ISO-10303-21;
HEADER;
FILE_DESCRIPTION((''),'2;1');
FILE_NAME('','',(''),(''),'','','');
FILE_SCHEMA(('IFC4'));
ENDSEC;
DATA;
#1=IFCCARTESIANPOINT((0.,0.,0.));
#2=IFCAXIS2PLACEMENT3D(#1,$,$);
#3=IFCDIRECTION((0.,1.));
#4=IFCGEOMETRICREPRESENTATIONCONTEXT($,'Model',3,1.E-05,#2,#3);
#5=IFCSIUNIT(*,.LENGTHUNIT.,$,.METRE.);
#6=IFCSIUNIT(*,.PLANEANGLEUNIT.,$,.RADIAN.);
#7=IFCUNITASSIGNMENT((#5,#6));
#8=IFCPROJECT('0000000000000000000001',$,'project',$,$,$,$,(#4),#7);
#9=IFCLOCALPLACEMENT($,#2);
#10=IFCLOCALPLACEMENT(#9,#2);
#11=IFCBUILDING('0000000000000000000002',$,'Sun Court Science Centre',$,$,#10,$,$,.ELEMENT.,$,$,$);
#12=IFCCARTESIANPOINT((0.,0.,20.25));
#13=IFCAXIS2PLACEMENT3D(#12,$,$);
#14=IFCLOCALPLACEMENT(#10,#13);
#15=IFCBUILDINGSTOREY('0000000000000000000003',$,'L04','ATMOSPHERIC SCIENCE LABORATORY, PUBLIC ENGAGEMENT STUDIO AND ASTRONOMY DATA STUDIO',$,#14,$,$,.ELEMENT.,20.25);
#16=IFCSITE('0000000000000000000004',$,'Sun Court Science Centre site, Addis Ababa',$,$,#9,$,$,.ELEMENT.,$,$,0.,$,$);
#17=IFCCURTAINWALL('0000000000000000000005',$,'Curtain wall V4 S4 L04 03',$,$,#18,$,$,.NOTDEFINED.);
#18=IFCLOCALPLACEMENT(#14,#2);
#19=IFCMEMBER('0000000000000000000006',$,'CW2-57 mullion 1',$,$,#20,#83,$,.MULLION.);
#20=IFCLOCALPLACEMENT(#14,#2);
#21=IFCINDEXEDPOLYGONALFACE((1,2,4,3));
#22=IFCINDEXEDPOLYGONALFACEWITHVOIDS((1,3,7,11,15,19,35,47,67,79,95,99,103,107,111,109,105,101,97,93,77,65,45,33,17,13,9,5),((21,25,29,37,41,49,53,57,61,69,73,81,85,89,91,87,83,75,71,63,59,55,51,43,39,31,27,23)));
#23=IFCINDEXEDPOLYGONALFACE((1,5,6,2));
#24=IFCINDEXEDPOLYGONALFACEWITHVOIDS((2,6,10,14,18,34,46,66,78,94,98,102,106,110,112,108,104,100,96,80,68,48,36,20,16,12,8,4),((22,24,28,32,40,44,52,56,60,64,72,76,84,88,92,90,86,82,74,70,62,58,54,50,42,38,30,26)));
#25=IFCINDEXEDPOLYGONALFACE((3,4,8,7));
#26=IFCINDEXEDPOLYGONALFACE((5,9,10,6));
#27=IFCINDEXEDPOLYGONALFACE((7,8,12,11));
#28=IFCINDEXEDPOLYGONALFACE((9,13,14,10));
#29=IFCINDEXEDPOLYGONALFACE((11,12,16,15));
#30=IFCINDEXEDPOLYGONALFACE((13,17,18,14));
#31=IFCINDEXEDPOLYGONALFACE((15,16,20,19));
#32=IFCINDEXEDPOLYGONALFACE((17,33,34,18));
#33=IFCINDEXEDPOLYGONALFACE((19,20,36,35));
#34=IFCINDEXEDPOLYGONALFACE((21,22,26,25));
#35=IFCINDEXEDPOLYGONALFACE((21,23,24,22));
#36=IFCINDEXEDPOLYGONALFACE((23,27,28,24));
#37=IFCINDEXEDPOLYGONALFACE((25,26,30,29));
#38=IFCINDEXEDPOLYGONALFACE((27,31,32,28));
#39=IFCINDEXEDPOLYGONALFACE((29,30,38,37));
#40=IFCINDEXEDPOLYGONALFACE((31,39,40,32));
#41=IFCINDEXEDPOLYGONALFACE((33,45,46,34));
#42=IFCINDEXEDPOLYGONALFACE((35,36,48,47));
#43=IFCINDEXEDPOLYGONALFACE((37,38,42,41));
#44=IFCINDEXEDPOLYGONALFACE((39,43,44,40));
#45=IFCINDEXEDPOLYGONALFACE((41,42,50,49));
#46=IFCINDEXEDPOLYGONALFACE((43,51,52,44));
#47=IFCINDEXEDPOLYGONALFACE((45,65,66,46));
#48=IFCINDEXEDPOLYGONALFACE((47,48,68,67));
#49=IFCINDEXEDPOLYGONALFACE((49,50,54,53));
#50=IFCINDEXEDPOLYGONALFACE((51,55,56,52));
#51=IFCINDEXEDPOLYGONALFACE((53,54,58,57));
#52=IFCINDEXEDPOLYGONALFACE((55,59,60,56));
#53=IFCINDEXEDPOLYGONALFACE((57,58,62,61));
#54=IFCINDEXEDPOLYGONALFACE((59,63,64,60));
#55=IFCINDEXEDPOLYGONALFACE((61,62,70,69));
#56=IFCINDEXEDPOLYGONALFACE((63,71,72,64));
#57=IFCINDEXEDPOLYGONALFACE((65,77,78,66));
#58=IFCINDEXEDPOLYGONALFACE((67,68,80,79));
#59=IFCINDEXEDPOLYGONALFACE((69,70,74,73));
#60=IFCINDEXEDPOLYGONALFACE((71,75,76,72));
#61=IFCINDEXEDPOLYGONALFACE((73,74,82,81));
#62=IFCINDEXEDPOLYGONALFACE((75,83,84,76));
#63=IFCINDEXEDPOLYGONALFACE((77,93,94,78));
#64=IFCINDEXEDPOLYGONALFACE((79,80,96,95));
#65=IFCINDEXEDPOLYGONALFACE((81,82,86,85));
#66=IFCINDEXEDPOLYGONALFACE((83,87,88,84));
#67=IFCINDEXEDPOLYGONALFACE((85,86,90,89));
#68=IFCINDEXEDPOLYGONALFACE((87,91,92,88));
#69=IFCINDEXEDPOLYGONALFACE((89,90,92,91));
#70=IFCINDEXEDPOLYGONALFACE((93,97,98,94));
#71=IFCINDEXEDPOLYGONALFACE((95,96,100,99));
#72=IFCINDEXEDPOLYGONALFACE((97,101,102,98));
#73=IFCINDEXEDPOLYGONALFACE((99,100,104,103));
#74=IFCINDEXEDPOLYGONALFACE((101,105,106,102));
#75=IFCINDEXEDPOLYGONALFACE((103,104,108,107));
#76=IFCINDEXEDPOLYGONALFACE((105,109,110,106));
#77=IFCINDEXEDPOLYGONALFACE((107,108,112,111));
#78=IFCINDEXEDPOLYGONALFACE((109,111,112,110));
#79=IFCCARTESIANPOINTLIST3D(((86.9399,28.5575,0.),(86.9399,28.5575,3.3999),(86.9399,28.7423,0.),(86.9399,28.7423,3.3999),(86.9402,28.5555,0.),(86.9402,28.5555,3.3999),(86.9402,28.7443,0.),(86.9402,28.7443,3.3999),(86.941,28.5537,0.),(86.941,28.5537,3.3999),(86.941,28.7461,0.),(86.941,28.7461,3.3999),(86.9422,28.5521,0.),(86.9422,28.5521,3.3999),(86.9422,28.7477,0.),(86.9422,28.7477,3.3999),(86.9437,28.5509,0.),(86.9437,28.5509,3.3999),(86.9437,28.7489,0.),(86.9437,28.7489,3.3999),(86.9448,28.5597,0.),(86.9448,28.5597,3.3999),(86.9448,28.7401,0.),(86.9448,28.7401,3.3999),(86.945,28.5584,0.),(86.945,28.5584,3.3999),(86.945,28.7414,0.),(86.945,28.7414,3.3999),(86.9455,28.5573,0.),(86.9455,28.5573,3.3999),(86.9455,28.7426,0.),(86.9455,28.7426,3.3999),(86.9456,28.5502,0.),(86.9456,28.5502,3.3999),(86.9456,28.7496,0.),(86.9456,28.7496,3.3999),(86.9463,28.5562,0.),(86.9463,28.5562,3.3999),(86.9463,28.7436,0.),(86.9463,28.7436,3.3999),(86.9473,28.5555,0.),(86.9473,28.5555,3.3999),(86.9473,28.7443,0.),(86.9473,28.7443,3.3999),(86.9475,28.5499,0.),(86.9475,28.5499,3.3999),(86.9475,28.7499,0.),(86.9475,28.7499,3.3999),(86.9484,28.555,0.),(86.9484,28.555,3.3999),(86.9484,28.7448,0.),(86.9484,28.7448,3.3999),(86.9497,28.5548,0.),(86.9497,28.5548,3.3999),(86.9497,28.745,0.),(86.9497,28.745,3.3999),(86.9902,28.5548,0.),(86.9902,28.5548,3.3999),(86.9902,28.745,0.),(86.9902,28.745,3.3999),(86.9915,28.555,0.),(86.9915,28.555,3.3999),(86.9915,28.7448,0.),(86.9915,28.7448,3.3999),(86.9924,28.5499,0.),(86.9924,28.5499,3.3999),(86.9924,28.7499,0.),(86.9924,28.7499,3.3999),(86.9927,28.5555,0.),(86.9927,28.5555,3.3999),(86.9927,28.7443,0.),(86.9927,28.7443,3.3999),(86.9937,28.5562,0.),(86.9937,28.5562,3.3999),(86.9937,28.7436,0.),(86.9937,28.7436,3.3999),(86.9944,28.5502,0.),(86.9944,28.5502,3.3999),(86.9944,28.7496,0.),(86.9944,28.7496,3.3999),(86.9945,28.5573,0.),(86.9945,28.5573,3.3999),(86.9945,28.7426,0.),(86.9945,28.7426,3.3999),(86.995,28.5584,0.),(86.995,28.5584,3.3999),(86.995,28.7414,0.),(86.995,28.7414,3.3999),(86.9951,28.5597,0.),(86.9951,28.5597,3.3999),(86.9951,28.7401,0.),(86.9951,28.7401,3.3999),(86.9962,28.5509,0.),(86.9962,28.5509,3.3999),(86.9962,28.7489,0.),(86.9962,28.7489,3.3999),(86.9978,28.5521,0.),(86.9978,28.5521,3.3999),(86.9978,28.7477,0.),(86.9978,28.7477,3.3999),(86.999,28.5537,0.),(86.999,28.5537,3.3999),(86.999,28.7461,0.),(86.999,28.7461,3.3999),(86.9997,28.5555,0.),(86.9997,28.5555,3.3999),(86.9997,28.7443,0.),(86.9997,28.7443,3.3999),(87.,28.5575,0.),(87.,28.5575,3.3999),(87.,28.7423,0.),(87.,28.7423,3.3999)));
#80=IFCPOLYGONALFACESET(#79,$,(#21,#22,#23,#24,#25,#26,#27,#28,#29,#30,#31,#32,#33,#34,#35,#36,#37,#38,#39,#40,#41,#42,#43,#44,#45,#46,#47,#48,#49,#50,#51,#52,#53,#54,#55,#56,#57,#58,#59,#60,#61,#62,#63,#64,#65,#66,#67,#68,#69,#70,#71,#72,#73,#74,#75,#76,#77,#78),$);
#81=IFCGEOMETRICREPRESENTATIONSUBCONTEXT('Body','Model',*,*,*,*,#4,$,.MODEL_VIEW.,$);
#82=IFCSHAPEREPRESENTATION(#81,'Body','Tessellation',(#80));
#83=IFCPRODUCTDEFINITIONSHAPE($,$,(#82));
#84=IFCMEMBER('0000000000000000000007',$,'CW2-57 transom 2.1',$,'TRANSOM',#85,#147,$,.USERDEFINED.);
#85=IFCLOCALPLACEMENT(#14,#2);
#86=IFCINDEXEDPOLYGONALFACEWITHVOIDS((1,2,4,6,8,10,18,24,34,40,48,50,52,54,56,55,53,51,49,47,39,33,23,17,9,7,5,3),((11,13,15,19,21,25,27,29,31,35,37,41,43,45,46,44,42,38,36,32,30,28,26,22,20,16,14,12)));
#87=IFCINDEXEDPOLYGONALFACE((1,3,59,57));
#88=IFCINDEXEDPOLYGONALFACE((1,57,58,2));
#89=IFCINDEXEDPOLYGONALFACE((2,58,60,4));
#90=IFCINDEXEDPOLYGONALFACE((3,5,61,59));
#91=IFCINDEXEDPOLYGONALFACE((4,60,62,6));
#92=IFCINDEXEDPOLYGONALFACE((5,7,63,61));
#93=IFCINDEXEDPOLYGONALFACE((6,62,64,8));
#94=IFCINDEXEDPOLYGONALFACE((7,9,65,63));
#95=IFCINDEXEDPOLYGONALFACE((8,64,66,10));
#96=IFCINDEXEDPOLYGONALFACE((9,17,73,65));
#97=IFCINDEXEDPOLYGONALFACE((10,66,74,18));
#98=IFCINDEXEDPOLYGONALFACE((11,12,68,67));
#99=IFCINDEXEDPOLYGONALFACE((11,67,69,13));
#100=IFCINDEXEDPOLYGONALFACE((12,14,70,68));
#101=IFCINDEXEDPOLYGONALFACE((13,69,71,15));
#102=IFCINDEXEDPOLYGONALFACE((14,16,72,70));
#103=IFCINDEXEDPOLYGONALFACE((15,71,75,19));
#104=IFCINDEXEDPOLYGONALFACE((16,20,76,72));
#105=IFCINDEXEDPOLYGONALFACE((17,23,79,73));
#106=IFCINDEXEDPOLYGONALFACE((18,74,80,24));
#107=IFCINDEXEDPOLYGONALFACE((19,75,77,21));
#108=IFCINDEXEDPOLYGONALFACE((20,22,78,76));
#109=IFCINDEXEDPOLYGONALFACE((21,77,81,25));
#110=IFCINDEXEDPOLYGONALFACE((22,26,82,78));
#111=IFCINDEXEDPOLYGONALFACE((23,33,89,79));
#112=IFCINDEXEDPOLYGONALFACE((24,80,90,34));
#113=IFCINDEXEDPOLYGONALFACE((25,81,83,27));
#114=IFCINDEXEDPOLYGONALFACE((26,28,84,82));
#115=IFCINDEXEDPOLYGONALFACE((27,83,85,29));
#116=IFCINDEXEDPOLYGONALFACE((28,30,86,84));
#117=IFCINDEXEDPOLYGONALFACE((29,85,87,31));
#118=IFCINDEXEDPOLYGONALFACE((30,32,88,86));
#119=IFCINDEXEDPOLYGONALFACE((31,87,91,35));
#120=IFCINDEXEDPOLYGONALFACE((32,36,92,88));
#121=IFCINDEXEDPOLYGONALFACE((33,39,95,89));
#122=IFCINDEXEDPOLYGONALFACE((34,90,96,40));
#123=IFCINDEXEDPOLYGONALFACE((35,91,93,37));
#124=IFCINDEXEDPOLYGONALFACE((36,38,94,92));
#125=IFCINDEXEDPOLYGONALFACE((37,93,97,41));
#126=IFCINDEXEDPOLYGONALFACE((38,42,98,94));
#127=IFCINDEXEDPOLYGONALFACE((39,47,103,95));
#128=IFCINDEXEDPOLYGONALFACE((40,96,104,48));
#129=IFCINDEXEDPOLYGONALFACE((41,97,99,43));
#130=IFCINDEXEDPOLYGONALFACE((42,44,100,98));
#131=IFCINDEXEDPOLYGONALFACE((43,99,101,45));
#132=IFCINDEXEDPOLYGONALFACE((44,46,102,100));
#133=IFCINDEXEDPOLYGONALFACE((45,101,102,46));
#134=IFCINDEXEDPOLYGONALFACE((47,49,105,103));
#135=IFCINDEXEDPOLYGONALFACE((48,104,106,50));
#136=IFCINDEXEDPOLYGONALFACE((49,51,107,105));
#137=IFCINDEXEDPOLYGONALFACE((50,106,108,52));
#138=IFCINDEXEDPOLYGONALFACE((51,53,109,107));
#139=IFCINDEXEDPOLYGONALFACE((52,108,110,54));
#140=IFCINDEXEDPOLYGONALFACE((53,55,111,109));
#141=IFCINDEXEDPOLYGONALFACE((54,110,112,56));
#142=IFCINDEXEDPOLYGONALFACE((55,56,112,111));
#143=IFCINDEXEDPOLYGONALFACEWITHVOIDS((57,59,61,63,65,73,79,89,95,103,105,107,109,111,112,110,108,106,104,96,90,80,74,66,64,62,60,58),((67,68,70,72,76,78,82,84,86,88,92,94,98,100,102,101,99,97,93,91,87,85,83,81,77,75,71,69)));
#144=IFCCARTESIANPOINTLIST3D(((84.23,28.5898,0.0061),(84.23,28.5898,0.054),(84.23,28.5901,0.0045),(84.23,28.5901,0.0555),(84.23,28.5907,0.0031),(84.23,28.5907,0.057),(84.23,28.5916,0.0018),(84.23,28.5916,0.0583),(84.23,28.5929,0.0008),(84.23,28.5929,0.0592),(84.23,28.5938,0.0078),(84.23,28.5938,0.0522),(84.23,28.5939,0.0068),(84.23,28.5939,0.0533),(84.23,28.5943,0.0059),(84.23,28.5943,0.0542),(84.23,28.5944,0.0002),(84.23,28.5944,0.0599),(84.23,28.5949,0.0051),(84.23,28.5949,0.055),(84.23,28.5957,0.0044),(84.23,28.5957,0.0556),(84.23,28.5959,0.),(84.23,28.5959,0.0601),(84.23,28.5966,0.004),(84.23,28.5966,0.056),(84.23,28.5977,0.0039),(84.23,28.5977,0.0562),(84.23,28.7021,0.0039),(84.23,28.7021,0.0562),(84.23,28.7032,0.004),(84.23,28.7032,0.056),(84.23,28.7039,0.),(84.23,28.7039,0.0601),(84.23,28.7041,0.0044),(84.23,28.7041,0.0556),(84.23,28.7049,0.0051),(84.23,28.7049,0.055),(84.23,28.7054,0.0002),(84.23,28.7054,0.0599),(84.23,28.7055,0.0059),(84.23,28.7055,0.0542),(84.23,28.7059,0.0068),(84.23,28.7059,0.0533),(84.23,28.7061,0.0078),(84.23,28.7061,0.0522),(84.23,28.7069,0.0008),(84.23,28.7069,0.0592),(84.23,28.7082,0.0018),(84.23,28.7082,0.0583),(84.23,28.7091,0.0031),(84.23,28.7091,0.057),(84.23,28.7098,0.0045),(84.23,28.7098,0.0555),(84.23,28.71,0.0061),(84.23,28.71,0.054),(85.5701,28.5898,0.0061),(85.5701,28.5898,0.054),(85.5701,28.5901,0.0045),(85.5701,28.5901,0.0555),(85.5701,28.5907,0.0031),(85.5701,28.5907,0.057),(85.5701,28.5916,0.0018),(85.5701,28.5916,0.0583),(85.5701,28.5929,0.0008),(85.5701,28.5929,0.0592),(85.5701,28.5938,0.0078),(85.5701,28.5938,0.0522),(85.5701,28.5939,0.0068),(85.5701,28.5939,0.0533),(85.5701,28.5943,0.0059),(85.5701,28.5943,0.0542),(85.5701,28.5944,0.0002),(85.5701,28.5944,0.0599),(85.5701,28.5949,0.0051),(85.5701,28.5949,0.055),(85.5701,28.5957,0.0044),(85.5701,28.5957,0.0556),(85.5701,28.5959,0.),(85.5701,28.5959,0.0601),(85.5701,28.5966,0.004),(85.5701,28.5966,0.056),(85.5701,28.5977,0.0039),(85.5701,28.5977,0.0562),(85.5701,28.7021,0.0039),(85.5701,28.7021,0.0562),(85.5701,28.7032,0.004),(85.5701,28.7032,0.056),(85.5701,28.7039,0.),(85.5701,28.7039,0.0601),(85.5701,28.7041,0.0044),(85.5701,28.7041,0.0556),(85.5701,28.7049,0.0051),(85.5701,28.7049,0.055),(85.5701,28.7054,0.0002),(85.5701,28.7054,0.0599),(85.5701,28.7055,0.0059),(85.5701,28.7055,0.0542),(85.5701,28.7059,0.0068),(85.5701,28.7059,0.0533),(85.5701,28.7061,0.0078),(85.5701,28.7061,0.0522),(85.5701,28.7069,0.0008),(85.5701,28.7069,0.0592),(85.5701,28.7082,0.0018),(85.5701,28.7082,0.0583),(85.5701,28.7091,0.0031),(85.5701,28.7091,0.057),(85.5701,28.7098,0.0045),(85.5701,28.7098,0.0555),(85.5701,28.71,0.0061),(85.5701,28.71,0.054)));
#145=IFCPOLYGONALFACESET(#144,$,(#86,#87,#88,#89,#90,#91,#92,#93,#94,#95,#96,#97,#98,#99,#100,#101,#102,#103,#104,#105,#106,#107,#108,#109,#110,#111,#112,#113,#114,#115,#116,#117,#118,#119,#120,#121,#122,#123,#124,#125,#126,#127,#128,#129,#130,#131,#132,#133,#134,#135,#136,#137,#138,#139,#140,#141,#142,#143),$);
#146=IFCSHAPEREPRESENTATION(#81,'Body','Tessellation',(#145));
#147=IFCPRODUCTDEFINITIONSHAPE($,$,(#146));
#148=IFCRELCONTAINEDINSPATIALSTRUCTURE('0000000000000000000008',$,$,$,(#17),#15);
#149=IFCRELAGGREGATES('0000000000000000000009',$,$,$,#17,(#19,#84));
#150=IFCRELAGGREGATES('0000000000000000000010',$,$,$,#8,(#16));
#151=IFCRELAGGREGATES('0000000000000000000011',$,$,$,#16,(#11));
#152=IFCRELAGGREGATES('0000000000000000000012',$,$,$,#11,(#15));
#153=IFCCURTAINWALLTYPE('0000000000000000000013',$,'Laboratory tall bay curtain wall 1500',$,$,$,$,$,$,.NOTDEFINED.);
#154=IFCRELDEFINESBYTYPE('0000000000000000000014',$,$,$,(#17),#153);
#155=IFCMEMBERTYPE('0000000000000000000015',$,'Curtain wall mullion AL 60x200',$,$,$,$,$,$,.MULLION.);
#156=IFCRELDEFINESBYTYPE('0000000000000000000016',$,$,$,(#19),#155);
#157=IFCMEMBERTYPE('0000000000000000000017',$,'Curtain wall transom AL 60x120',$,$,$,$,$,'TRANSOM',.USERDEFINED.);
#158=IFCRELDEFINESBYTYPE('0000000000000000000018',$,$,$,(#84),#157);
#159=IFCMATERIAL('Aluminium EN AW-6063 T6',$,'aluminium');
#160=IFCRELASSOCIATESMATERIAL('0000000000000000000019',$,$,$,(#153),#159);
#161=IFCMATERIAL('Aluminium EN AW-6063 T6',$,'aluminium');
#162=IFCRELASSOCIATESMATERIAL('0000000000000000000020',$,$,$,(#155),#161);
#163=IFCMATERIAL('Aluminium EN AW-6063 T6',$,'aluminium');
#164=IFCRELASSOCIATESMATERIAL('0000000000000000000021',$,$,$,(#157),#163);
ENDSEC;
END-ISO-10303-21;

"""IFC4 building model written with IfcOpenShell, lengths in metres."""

from ifc_helpers import new_model, si_unit, direction, frame, origin, origin_2d, place, context, subcontext, project, spatial, hollow_rectangle, extrude, material, material_profile, profile_set, type_object, element, aggregate, save


model = new_model("IFC4")

# Units and contexts
model_context = context("Model", 3, precision=1e-05, world=origin(), true_north=direction((0.0, 1.0)))
body_context = subcontext(model_context, "Body", "Model", "MODEL_VIEW")
ifc_project = project(units=[si_unit("LENGTHUNIT", "METRE"), si_unit("PLANEANGLEUNIT", "RADIAN")], contexts=[model_context])

# Site, building, storey
site_placement = place(None, origin())
site = spatial("IfcSite", under=ifc_project, at=site_placement, Name="Sun Court Science Centre site, Addis Ababa", CompositionType="ELEMENT", RefElevation=0.0)
building_placement = place(site_placement, origin())
building = spatial("IfcBuilding", under=site, at=building_placement, Name="Sun Court Science Centre", CompositionType="ELEMENT")
storey_placement = place(building_placement, frame((0.0, 0.0, 20.25)))
storey = spatial("IfcBuildingStorey", under=building, at=storey_placement, Name="L04", Description="ATMOSPHERIC SCIENCE LABORATORY, PUBLIC ENGAGEMENT STUDIO AND ASTRONOMY DATA STUDIO", CompositionType="ELEMENT", Elevation=20.25)

# Shared definitions
ifc_material_1 = material(Name="Aluminium EN AW-6063 T6", Category="aluminium")
curtain_wall_type = type_object("IfcCurtainWallType", Name="Laboratory tall bay curtain wall 1500", PredefinedType="NOTDEFINED", material=ifc_material_1)
ifc_material_2 = material(Name="Aluminium EN AW-6063 T6", Category="aluminium")
ifc_material_profile_1 = material_profile(ifc_material_2, hollow_rectangle(XDim=0.0601, YDim=0.2, WallThickness=0.0049, InnerFilletRadius=0.0049, OuterFilletRadius=0.0076, at=origin_2d()), Name="AL 60x200x5")
ifc_profile_set_1 = profile_set([ifc_material_profile_1], Name="Aluminium EN AW-6063 T6")
member_type_1 = type_object("IfcMemberType", Name="Curtain wall mullion AL 60x200", PredefinedType="MULLION", material=ifc_profile_set_1)

# Curtain wall, members
curtain_wall_1_placement = place(storey_placement, origin())
curtain_wall_1 = element("IfcCurtainWall", 1, at=curtain_wall_1_placement, inside=storey, type_object=curtain_wall_type, Name="Curtain wall V4 S4 L04 03", PredefinedType="NOTDEFINED")
member_1_placement = place(storey_placement, frame((86.97, 28.6499, 0.0), z_axis=(0.0, 0.0, 1.0), x_axis=(-1.0, 0.0, 0.0)))
member_1 = element("IfcMember", 2, at=member_1_placement, type_object=member_type_1, Name="CW2-57 mullion 1", PredefinedType="MULLION", context=body_context, shape_type="SweptSolid", body=[
    extrude(hollow_rectangle(XDim=0.0601, YDim=0.2, WallThickness=0.0049, InnerFilletRadius=0.0049, OuterFilletRadius=0.0076, at=origin_2d()), origin(), (0.0, 0.0, 1.0), 3.3999),
])
ifc_material_3 = material(Name="Aluminium EN AW-6063 T6", Category="aluminium")
ifc_material_profile_2 = material_profile(ifc_material_3, hollow_rectangle(XDim=0.0601, YDim=0.1201, WallThickness=0.0039, InnerFilletRadius=0.0039, OuterFilletRadius=0.0061, at=origin_2d()), Name="AL 60x120x4")
ifc_profile_set_2 = profile_set([ifc_material_profile_2], Name="Aluminium EN AW-6063 T6")
member_type_2 = type_object("IfcMemberType", Name="Curtain wall transom AL 60x120", ElementType="TRANSOM", PredefinedType="USERDEFINED", material=ifc_profile_set_2)
member_2_placement = place(storey_placement, frame((85.5701, 28.6499, 0.03), z_axis=(-1.0, 0.0, 0.0), x_axis=(0.0, 0.0, 1.0)))
member_2 = element("IfcMember", 3, at=member_2_placement, type_object=member_type_2, Name="CW2-57 transom 2.1", ObjectType="TRANSOM", PredefinedType="USERDEFINED", context=body_context, shape_type="SweptSolid", body=[
    extrude(hollow_rectangle(XDim=0.0601, YDim=0.1201, WallThickness=0.0039, InnerFilletRadius=0.0039, OuterFilletRadius=0.0061, at=origin_2d()), origin(), (0.0, 0.0, 1.0), 1.3401),
])

aggregate(curtain_wall_1, [member_1, member_2])

save(model, "model.ifc")
